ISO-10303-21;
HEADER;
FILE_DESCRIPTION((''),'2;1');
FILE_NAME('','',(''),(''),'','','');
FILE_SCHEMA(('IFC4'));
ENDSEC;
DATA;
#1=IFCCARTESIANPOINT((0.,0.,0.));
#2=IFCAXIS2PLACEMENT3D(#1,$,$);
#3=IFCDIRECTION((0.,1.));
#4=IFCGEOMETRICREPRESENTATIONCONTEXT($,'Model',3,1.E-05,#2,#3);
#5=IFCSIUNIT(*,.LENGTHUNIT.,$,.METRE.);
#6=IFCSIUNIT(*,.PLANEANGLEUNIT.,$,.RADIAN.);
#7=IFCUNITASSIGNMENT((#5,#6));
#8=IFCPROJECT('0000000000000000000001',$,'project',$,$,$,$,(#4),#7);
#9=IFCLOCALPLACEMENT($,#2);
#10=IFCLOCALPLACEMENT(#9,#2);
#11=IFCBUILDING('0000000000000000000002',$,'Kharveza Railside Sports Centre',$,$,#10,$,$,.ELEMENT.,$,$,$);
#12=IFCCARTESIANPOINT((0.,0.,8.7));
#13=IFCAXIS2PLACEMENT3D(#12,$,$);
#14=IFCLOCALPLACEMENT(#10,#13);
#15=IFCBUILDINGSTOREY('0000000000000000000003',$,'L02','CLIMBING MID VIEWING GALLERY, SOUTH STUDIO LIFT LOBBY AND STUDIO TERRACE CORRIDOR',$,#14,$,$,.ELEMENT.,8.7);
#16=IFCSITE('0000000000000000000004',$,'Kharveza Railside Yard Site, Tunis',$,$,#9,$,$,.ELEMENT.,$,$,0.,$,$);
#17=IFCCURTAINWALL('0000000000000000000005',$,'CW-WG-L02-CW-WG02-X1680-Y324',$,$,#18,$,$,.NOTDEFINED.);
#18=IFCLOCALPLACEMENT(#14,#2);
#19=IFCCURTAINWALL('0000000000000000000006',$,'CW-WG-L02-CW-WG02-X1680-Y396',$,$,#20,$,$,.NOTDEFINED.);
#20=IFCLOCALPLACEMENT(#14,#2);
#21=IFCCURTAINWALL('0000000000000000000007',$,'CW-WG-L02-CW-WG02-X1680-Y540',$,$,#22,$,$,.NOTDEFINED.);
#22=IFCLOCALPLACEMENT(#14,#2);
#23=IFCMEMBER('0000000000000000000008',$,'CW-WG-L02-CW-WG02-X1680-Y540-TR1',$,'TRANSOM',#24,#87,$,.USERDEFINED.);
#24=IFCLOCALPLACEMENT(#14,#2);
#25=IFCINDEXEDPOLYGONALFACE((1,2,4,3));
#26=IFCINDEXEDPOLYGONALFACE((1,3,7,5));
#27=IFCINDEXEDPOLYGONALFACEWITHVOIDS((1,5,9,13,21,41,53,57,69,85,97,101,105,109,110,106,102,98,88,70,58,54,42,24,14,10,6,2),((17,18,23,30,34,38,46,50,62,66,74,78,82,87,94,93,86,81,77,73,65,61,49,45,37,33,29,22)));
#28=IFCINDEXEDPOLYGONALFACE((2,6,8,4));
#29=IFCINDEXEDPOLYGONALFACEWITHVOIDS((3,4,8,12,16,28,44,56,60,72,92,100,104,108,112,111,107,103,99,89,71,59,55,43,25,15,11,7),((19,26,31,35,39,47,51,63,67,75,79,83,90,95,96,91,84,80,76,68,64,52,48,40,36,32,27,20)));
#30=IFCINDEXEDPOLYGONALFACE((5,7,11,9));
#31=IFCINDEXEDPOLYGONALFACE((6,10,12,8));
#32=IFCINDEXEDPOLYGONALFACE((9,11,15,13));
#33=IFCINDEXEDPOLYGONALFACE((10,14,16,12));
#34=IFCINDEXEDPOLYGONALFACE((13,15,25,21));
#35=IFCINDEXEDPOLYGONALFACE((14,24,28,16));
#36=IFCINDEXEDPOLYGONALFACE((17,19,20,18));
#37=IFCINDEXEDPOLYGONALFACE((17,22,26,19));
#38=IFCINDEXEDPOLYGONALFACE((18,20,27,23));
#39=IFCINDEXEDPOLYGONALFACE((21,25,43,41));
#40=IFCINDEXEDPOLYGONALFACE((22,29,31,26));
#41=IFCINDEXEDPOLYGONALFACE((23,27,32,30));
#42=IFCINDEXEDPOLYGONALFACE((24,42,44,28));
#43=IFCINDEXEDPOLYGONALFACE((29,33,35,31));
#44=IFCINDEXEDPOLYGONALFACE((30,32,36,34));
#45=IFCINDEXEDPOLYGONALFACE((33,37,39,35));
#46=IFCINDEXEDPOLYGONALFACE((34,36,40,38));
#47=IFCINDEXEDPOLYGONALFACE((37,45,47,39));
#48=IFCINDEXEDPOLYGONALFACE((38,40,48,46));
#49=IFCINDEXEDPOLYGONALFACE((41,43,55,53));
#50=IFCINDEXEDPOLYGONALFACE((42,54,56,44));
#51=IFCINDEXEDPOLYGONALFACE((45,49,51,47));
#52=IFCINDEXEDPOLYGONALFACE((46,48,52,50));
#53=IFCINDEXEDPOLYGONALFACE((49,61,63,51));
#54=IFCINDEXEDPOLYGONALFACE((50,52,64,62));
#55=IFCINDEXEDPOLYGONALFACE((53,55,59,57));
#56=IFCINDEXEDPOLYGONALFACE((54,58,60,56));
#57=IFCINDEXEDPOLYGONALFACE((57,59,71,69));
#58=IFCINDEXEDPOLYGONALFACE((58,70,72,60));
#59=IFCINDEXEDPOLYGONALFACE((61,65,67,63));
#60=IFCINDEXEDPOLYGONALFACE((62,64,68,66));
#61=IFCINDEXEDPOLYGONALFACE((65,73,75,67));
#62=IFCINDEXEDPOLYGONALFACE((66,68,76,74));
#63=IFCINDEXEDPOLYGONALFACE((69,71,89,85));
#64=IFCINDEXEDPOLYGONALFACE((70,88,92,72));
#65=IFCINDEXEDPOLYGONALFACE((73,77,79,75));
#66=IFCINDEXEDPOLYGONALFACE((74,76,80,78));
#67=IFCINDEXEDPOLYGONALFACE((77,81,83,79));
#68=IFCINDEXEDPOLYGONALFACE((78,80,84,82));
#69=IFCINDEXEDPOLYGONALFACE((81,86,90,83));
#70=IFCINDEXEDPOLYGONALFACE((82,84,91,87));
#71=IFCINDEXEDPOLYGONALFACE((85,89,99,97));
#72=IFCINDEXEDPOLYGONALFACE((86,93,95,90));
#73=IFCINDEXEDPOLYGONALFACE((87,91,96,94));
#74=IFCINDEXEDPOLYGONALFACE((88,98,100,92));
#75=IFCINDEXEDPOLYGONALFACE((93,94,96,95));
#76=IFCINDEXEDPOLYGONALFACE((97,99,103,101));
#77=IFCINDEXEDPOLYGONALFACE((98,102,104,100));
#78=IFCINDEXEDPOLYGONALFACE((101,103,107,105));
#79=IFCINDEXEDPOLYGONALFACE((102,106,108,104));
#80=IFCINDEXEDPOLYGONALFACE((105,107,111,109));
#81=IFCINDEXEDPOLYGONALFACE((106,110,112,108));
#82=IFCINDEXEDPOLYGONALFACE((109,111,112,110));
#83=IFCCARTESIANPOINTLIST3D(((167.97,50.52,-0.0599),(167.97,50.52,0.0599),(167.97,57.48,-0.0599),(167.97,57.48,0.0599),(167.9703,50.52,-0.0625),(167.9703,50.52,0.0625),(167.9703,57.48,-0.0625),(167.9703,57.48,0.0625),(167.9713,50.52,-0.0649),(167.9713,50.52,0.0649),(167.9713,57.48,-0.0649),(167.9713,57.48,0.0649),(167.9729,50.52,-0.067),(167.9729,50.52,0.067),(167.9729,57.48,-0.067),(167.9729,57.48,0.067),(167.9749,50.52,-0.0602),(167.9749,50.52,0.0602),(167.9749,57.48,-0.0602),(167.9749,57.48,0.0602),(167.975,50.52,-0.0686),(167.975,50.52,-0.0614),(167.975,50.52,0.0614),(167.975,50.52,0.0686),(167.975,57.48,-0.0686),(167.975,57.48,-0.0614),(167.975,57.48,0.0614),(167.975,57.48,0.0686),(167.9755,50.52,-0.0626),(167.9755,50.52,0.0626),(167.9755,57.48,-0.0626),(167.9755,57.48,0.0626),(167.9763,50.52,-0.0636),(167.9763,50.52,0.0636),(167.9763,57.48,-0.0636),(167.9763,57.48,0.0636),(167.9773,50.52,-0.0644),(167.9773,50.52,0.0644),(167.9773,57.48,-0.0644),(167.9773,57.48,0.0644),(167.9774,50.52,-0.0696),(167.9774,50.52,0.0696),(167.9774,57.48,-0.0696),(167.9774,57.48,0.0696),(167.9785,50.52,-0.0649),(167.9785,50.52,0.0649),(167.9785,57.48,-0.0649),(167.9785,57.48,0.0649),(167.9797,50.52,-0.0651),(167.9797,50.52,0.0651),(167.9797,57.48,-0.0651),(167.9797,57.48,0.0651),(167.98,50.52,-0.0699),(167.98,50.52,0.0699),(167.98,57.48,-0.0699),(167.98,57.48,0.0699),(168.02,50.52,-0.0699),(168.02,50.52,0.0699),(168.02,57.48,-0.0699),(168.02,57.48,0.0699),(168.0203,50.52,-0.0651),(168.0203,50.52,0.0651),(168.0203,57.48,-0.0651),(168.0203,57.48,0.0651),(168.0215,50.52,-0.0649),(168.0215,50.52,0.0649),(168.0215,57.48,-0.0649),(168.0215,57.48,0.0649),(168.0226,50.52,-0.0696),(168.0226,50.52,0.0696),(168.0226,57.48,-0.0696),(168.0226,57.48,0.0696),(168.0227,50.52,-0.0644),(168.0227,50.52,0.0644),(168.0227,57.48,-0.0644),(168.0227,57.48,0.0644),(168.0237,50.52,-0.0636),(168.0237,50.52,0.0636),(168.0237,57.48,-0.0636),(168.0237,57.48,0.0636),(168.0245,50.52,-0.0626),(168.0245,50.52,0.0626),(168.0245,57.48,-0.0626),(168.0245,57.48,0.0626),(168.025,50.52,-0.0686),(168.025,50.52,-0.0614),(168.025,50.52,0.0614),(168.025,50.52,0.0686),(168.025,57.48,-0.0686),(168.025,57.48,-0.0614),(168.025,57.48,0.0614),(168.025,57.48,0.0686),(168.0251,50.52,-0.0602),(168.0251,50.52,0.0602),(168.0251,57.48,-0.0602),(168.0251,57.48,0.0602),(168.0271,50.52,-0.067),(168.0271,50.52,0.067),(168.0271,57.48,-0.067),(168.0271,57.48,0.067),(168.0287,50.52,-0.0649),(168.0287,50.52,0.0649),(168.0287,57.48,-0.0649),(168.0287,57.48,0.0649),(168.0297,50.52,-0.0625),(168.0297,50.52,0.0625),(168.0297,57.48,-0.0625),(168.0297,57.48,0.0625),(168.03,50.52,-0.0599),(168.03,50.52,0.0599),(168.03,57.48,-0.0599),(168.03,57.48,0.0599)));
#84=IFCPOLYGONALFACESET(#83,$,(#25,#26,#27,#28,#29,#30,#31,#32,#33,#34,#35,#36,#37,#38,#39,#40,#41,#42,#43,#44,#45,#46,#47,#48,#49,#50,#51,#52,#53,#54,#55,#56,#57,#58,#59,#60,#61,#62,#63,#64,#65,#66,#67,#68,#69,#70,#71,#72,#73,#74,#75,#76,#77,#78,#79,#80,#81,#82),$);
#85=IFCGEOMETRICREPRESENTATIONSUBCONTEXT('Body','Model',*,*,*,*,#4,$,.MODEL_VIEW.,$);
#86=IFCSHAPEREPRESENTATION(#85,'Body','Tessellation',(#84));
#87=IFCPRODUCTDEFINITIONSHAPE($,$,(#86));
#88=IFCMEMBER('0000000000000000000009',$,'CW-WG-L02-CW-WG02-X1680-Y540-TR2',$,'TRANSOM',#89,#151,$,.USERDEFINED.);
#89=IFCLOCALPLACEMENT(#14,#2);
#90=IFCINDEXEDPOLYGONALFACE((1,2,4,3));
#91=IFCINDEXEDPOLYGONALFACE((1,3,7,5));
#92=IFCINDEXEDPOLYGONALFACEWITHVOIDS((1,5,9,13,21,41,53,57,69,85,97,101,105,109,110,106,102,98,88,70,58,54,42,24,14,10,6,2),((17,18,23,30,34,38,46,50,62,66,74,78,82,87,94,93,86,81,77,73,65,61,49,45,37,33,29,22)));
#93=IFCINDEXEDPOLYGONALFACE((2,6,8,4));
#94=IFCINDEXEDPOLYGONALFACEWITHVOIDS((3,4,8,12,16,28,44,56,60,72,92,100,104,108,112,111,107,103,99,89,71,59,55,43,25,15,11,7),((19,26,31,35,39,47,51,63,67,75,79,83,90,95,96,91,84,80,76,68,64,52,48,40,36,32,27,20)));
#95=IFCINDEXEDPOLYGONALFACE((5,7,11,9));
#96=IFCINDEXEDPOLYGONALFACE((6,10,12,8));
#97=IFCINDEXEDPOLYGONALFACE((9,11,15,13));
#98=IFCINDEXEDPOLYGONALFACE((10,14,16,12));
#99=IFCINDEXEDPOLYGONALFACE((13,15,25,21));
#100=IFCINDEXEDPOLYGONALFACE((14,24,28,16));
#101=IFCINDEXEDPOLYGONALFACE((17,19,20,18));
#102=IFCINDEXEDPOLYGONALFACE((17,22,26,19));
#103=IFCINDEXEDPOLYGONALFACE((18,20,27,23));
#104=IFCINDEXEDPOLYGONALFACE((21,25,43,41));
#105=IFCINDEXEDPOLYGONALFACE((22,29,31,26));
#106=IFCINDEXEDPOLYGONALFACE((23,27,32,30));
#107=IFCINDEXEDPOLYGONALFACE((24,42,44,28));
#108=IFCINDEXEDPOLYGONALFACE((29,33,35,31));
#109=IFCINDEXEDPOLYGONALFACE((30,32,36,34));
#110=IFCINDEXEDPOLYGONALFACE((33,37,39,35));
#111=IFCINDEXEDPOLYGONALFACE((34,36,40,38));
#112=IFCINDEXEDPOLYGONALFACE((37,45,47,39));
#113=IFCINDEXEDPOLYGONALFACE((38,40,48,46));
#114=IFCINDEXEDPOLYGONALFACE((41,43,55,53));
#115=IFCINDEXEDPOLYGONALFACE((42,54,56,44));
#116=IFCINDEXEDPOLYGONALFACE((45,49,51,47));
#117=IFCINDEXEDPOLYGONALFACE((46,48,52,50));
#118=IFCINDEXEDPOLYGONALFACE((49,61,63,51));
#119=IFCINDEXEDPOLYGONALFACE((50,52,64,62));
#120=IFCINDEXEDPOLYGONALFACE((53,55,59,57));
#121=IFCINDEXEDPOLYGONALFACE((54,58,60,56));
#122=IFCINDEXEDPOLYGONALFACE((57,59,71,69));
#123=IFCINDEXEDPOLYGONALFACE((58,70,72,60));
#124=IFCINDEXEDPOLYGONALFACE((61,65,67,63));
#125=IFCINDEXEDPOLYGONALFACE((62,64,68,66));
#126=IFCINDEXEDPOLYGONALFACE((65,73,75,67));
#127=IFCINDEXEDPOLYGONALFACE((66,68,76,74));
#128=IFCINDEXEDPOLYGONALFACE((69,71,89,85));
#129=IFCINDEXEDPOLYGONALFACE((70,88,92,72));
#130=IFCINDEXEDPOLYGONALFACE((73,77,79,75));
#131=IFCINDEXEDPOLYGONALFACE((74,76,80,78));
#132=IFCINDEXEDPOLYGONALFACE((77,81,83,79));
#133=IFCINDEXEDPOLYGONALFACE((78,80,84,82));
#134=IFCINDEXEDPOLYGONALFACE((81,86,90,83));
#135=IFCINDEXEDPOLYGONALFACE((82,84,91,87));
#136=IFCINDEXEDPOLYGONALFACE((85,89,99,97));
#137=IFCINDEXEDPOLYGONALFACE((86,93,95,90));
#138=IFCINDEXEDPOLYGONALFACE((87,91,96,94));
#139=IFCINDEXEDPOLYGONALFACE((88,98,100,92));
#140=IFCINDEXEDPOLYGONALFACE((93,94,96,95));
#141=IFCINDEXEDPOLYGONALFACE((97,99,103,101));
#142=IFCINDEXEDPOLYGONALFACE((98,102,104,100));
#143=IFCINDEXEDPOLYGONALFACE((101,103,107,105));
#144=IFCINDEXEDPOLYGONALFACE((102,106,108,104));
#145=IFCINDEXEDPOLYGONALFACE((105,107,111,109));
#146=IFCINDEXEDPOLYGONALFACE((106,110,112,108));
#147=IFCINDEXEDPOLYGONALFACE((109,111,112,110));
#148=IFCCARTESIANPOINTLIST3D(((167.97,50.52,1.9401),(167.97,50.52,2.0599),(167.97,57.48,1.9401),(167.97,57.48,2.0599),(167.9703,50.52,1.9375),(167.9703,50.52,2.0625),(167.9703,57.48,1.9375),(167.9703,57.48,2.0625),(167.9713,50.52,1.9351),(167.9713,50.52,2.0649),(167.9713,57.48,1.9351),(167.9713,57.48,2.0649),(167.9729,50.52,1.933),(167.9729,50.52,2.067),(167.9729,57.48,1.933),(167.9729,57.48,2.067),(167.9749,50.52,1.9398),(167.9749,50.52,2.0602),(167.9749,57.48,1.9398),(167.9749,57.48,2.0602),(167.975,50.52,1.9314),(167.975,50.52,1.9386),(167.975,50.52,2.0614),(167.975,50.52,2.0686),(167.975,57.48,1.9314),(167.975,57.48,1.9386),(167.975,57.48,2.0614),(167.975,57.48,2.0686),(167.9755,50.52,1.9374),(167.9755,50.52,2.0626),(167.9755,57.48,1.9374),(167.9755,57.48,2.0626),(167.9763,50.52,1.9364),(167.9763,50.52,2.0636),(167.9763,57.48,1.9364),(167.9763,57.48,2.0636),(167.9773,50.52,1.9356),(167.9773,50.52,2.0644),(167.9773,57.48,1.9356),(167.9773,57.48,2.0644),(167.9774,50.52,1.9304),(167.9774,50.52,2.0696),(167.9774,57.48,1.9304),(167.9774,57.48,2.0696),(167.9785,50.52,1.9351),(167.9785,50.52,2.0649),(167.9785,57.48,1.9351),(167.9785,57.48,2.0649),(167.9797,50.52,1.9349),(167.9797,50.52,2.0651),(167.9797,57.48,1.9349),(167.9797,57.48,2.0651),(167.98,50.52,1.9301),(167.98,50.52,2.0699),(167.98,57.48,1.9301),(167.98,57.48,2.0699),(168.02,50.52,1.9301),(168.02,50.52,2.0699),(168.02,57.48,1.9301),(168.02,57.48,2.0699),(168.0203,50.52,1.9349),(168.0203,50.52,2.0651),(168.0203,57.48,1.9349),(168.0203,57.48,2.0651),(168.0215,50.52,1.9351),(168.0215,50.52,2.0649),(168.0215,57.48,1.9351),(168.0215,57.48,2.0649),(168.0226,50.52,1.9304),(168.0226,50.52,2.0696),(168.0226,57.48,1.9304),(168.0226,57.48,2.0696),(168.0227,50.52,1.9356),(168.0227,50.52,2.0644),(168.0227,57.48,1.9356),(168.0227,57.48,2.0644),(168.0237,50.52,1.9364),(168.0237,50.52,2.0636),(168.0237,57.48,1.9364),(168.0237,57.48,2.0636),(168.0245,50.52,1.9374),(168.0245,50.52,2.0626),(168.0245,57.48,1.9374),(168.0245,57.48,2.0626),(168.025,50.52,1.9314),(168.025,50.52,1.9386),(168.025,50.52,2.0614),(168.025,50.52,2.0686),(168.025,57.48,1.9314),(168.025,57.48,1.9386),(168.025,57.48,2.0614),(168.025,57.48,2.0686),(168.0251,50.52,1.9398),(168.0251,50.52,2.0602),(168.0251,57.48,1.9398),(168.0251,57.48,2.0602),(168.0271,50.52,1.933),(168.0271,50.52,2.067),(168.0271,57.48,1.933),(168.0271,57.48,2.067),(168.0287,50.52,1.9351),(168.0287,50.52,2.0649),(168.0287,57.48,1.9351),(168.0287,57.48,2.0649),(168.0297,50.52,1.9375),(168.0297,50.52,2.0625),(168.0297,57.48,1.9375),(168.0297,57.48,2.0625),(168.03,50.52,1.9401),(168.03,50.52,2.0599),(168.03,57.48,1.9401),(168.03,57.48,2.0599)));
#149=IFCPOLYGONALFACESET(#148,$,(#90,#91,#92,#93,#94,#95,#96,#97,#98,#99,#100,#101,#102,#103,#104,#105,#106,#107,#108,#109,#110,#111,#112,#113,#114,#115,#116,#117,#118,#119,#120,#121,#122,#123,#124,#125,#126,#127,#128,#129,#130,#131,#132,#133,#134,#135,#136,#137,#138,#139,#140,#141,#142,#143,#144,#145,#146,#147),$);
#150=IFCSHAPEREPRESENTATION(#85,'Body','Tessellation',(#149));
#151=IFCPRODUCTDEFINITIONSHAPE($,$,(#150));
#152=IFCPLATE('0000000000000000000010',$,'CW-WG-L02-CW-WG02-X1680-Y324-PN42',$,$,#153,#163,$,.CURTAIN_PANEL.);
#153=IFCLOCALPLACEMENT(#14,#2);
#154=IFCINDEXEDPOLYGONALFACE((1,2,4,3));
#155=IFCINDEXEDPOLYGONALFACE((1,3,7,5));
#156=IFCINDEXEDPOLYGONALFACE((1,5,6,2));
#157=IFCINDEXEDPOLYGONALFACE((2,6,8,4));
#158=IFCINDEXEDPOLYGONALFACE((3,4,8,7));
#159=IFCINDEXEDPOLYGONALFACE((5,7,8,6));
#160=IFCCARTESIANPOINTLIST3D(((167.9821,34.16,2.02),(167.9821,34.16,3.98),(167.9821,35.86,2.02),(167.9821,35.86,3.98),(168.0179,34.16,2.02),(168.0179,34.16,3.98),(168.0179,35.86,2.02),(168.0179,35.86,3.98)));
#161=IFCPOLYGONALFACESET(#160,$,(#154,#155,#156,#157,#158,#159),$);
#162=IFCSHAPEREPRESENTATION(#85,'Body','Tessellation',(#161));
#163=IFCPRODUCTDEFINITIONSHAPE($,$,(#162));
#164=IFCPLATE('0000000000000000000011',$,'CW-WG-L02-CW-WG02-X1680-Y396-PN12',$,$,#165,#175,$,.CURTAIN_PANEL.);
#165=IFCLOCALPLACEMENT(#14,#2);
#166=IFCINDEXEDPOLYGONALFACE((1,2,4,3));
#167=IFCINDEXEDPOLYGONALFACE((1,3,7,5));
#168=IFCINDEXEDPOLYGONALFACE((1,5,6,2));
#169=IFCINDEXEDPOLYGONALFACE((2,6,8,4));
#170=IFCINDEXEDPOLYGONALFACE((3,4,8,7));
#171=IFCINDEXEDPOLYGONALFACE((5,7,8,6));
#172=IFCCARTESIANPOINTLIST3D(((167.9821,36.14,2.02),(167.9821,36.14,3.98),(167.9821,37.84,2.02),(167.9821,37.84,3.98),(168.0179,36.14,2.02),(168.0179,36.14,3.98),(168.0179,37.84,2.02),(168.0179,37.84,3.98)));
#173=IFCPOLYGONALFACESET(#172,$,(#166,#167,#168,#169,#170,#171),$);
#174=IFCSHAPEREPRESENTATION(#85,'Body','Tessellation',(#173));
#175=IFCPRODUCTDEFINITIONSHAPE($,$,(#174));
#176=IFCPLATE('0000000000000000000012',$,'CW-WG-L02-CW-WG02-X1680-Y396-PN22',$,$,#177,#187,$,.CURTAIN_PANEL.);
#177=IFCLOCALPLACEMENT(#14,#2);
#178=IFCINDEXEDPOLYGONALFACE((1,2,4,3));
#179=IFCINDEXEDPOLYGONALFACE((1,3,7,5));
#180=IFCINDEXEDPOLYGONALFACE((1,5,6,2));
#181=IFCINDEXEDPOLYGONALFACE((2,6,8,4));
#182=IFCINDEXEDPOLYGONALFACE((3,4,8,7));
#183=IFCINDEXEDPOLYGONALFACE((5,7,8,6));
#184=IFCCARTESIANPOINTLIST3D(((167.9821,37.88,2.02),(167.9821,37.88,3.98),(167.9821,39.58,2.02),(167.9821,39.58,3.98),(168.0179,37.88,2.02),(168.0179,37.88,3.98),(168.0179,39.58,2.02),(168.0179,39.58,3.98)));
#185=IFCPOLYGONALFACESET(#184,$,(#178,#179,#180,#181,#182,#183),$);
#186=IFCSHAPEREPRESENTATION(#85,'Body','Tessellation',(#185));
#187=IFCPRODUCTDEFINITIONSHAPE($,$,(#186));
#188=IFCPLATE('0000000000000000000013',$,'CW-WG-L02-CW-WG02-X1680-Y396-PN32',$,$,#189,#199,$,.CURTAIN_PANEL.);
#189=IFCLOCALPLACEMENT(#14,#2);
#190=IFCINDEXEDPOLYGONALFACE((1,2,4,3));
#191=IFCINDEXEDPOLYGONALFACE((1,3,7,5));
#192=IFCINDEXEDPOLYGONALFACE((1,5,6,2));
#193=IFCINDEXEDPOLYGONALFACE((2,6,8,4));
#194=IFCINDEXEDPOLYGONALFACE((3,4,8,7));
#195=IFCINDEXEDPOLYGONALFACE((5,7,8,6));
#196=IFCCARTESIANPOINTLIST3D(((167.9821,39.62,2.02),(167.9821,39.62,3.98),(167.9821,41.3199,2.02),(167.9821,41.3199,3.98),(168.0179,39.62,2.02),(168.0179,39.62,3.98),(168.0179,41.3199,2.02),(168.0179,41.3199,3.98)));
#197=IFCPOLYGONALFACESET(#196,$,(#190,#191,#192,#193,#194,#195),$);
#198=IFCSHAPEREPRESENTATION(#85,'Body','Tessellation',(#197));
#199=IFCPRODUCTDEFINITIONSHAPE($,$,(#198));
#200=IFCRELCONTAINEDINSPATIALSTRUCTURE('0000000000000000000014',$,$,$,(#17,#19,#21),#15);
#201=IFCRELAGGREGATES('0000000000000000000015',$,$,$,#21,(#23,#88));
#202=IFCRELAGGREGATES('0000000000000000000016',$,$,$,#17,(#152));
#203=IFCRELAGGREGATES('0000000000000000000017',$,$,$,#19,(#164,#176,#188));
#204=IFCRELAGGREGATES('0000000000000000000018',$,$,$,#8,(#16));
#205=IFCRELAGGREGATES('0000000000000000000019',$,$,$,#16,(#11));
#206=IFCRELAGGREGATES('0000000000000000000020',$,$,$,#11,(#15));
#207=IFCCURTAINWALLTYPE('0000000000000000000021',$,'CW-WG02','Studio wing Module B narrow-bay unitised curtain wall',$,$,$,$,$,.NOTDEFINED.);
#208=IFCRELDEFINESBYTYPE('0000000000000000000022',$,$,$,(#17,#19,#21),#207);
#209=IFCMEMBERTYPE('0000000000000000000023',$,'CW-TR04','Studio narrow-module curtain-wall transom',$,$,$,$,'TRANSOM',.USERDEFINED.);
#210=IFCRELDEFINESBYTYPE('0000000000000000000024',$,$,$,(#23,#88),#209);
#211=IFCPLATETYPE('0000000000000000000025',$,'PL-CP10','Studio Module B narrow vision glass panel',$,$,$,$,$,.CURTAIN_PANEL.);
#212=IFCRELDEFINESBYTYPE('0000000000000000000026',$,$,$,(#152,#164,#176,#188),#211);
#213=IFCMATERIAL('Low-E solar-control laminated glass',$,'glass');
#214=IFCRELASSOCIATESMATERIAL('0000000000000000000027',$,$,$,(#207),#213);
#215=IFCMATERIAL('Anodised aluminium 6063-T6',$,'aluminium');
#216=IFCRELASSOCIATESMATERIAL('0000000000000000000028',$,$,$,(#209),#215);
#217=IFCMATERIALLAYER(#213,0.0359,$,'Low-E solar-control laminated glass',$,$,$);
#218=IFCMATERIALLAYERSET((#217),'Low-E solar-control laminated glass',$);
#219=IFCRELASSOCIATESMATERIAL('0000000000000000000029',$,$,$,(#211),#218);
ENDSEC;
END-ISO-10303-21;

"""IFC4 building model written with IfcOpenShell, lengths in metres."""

from ifc_helpers import new_model, si_unit, direction, frame, origin, origin_2d, place, context, subcontext, project, spatial, rectangle, hollow_rectangle, extrude, material, layer, layer_set, material_profile, profile_set, type_object, element, aggregate, save


model = new_model("IFC4")

# Units and contexts
model_context = context("Model", 3, precision=1e-05, world=origin(), true_north=direction((0.0, 1.0)))
body_context = subcontext(model_context, "Body", "Model", "MODEL_VIEW")
ifc_project = project(units=[si_unit("LENGTHUNIT", "METRE"), si_unit("PLANEANGLEUNIT", "RADIAN")], contexts=[model_context])

# Site, building, storey
site_placement = place(None, origin())
site = spatial("IfcSite", under=ifc_project, at=site_placement, Name="Kharveza Railside Yard Site, Tunis", CompositionType="ELEMENT", RefElevation=0.0)
building_placement = place(site_placement, origin())
building = spatial("IfcBuilding", under=site, at=building_placement, Name="Kharveza Railside Sports Centre", CompositionType="ELEMENT")
storey_placement = place(building_placement, frame((0.0, 0.0, 8.7)))
storey = spatial("IfcBuildingStorey", under=building, at=storey_placement, Name="L02", Description="CLIMBING MID VIEWING GALLERY, SOUTH STUDIO LIFT LOBBY AND STUDIO TERRACE CORRIDOR", CompositionType="ELEMENT", Elevation=8.7)

# Curtain wall
ifc_material_1 = material(Name="Low-E solar-control laminated glass", Category="glass")
curtain_wall_type = type_object("IfcCurtainWallType", Name="CW-WG02", Description="Studio wing Module B narrow-bay unitised curtain wall", PredefinedType="NOTDEFINED", material=ifc_material_1)
curtain_wall_1_placement = place(storey_placement, origin())
curtain_wall_1 = element("IfcCurtainWall", 1, at=curtain_wall_1_placement, inside=storey, type_object=curtain_wall_type, Name="CW-WG-L02-CW-WG02-X1680-Y324", PredefinedType="NOTDEFINED")
ifc_material_2 = material(Name="Anodised aluminium 6063-T6", Category="aluminium")

# Curtain wall
curtain_wall_2_placement = place(storey_placement, origin())
curtain_wall_2 = element("IfcCurtainWall", 2, at=curtain_wall_2_placement, inside=storey, type_object=curtain_wall_type, Name="CW-WG-L02-CW-WG02-X1680-Y396", PredefinedType="NOTDEFINED")

# Curtain wall
curtain_wall_3_placement = place(storey_placement, origin())
curtain_wall_3 = element("IfcCurtainWall", 3, at=curtain_wall_3_placement, inside=storey, type_object=curtain_wall_type, Name="CW-WG-L02-CW-WG02-X1680-Y540", PredefinedType="NOTDEFINED")

# Members
ifc_material_profile_1 = material_profile(ifc_material_2, hollow_rectangle(XDim=0.0601, YDim=0.1399, WallThickness=0.0049, InnerFilletRadius=0.0049, OuterFilletRadius=0.01, at=origin_2d()), Name="RHS 60x140x5.0")
ifc_profile_set_1 = profile_set([ifc_material_profile_1], Name="Anodised aluminium 6063-T6")
member_type_1 = type_object("IfcMemberType", Name="CW-TR04", Description="Studio narrow-module curtain-wall transom", ElementType="TRANSOM", PredefinedType="USERDEFINED", material=ifc_profile_set_1)
member_1_placement = place(storey_placement, frame((168.0, 50.52, 0.0), z_axis=(0.0, 1.0, 0.0), x_axis=(-1.0, 0.0, 0.0)))
member_1 = element("IfcMember", 4, at=member_1_placement, type_object=member_type_1, Name="CW-WG-L02-CW-WG02-X1680-Y540-TR1", ObjectType="TRANSOM", PredefinedType="USERDEFINED", context=body_context, shape_type="SweptSolid", body=[
    extrude(hollow_rectangle(XDim=0.0601, YDim=0.1399, WallThickness=0.0049, InnerFilletRadius=0.0049, OuterFilletRadius=0.01, at=origin_2d()), origin(), (0.0, 0.0, 1.0), 6.96),
])
member_2_placement = place(storey_placement, frame((168.0, 50.52, 2.0), z_axis=(0.0, 1.0, 0.0), x_axis=(-1.0, 0.0, 0.0)))
member_2 = element("IfcMember", 5, at=member_2_placement, type_object=member_type_1, Name="CW-WG-L02-CW-WG02-X1680-Y540-TR2", ObjectType="TRANSOM", PredefinedType="USERDEFINED", context=body_context, shape_type="SweptSolid", body=[
    extrude(hollow_rectangle(XDim=0.0601, YDim=0.1399, WallThickness=0.0049, InnerFilletRadius=0.0049, OuterFilletRadius=0.01, at=origin_2d()), origin(), (0.0, 0.0, 1.0), 6.96),
])
aggregate(curtain_wall_3, [member_1, member_2])

# Plates
ifc_layer_1 = layer(ifc_material_1, 0.0359, Name="Low-E solar-control laminated glass")
ifc_layer_set_1 = layer_set([ifc_layer_1], Name="Low-E solar-control laminated glass")
plate_type_1 = type_object("IfcPlateType", Name="PL-CP10", Description="Studio Module B narrow vision glass panel", PredefinedType="CURTAIN_PANEL", material=ifc_layer_set_1)
plate_1_placement = place(storey_placement, frame((168.0, 35.01, 2.02), z_axis=(0.0, 0.0, 1.0), x_axis=(0.0, 1.0, 0.0)))
plate_1 = element("IfcPlate", 6, at=plate_1_placement, type_object=plate_type_1, Name="CW-WG-L02-CW-WG02-X1680-Y324-PN42", PredefinedType="CURTAIN_PANEL", context=body_context, shape_type="SweptSolid", body=[
    extrude(rectangle(XDim=1.7, YDim=0.0359, at=origin_2d()), origin(), (0.0, 0.0, 1.0), 1.96),
])
plate_2_placement = place(storey_placement, frame((168.0, 36.99, 2.02), z_axis=(0.0, 0.0, 1.0), x_axis=(0.0, 1.0, 0.0)))
plate_2 = element("IfcPlate", 7, at=plate_2_placement, type_object=plate_type_1, Name="CW-WG-L02-CW-WG02-X1680-Y396-PN12", PredefinedType="CURTAIN_PANEL", context=body_context, shape_type="SweptSolid", body=[
    extrude(rectangle(XDim=1.7, YDim=0.0359, at=origin_2d()), origin(), (0.0, 0.0, 1.0), 1.96),
])
plate_3_placement = place(storey_placement, frame((168.0, 38.73, 2.02), z_axis=(0.0, 0.0, 1.0), x_axis=(0.0, 1.0, 0.0)))
plate_3 = element("IfcPlate", 8, at=plate_3_placement, type_object=plate_type_1, Name="CW-WG-L02-CW-WG02-X1680-Y396-PN22", PredefinedType="CURTAIN_PANEL", context=body_context, shape_type="SweptSolid", body=[
    extrude(rectangle(XDim=1.7, YDim=0.0359, at=origin_2d()), origin(), (0.0, 0.0, 1.0), 1.96),
])
plate_4_placement = place(storey_placement, frame((168.0, 40.47, 2.02), z_axis=(0.0, 0.0, 1.0), x_axis=(0.0, 1.0, 0.0)))
plate_4 = element("IfcPlate", 9, at=plate_4_placement, type_object=plate_type_1, Name="CW-WG-L02-CW-WG02-X1680-Y396-PN32", PredefinedType="CURTAIN_PANEL", context=body_context, shape_type="SweptSolid", body=[
    extrude(rectangle(XDim=1.7, YDim=0.0359, at=origin_2d()), origin(), (0.0, 0.0, 1.0), 1.96),
])
aggregate(curtain_wall_1, [plate_1])
aggregate(curtain_wall_2, [plate_2, plate_3, plate_4])

save(model, "model.ifc")
